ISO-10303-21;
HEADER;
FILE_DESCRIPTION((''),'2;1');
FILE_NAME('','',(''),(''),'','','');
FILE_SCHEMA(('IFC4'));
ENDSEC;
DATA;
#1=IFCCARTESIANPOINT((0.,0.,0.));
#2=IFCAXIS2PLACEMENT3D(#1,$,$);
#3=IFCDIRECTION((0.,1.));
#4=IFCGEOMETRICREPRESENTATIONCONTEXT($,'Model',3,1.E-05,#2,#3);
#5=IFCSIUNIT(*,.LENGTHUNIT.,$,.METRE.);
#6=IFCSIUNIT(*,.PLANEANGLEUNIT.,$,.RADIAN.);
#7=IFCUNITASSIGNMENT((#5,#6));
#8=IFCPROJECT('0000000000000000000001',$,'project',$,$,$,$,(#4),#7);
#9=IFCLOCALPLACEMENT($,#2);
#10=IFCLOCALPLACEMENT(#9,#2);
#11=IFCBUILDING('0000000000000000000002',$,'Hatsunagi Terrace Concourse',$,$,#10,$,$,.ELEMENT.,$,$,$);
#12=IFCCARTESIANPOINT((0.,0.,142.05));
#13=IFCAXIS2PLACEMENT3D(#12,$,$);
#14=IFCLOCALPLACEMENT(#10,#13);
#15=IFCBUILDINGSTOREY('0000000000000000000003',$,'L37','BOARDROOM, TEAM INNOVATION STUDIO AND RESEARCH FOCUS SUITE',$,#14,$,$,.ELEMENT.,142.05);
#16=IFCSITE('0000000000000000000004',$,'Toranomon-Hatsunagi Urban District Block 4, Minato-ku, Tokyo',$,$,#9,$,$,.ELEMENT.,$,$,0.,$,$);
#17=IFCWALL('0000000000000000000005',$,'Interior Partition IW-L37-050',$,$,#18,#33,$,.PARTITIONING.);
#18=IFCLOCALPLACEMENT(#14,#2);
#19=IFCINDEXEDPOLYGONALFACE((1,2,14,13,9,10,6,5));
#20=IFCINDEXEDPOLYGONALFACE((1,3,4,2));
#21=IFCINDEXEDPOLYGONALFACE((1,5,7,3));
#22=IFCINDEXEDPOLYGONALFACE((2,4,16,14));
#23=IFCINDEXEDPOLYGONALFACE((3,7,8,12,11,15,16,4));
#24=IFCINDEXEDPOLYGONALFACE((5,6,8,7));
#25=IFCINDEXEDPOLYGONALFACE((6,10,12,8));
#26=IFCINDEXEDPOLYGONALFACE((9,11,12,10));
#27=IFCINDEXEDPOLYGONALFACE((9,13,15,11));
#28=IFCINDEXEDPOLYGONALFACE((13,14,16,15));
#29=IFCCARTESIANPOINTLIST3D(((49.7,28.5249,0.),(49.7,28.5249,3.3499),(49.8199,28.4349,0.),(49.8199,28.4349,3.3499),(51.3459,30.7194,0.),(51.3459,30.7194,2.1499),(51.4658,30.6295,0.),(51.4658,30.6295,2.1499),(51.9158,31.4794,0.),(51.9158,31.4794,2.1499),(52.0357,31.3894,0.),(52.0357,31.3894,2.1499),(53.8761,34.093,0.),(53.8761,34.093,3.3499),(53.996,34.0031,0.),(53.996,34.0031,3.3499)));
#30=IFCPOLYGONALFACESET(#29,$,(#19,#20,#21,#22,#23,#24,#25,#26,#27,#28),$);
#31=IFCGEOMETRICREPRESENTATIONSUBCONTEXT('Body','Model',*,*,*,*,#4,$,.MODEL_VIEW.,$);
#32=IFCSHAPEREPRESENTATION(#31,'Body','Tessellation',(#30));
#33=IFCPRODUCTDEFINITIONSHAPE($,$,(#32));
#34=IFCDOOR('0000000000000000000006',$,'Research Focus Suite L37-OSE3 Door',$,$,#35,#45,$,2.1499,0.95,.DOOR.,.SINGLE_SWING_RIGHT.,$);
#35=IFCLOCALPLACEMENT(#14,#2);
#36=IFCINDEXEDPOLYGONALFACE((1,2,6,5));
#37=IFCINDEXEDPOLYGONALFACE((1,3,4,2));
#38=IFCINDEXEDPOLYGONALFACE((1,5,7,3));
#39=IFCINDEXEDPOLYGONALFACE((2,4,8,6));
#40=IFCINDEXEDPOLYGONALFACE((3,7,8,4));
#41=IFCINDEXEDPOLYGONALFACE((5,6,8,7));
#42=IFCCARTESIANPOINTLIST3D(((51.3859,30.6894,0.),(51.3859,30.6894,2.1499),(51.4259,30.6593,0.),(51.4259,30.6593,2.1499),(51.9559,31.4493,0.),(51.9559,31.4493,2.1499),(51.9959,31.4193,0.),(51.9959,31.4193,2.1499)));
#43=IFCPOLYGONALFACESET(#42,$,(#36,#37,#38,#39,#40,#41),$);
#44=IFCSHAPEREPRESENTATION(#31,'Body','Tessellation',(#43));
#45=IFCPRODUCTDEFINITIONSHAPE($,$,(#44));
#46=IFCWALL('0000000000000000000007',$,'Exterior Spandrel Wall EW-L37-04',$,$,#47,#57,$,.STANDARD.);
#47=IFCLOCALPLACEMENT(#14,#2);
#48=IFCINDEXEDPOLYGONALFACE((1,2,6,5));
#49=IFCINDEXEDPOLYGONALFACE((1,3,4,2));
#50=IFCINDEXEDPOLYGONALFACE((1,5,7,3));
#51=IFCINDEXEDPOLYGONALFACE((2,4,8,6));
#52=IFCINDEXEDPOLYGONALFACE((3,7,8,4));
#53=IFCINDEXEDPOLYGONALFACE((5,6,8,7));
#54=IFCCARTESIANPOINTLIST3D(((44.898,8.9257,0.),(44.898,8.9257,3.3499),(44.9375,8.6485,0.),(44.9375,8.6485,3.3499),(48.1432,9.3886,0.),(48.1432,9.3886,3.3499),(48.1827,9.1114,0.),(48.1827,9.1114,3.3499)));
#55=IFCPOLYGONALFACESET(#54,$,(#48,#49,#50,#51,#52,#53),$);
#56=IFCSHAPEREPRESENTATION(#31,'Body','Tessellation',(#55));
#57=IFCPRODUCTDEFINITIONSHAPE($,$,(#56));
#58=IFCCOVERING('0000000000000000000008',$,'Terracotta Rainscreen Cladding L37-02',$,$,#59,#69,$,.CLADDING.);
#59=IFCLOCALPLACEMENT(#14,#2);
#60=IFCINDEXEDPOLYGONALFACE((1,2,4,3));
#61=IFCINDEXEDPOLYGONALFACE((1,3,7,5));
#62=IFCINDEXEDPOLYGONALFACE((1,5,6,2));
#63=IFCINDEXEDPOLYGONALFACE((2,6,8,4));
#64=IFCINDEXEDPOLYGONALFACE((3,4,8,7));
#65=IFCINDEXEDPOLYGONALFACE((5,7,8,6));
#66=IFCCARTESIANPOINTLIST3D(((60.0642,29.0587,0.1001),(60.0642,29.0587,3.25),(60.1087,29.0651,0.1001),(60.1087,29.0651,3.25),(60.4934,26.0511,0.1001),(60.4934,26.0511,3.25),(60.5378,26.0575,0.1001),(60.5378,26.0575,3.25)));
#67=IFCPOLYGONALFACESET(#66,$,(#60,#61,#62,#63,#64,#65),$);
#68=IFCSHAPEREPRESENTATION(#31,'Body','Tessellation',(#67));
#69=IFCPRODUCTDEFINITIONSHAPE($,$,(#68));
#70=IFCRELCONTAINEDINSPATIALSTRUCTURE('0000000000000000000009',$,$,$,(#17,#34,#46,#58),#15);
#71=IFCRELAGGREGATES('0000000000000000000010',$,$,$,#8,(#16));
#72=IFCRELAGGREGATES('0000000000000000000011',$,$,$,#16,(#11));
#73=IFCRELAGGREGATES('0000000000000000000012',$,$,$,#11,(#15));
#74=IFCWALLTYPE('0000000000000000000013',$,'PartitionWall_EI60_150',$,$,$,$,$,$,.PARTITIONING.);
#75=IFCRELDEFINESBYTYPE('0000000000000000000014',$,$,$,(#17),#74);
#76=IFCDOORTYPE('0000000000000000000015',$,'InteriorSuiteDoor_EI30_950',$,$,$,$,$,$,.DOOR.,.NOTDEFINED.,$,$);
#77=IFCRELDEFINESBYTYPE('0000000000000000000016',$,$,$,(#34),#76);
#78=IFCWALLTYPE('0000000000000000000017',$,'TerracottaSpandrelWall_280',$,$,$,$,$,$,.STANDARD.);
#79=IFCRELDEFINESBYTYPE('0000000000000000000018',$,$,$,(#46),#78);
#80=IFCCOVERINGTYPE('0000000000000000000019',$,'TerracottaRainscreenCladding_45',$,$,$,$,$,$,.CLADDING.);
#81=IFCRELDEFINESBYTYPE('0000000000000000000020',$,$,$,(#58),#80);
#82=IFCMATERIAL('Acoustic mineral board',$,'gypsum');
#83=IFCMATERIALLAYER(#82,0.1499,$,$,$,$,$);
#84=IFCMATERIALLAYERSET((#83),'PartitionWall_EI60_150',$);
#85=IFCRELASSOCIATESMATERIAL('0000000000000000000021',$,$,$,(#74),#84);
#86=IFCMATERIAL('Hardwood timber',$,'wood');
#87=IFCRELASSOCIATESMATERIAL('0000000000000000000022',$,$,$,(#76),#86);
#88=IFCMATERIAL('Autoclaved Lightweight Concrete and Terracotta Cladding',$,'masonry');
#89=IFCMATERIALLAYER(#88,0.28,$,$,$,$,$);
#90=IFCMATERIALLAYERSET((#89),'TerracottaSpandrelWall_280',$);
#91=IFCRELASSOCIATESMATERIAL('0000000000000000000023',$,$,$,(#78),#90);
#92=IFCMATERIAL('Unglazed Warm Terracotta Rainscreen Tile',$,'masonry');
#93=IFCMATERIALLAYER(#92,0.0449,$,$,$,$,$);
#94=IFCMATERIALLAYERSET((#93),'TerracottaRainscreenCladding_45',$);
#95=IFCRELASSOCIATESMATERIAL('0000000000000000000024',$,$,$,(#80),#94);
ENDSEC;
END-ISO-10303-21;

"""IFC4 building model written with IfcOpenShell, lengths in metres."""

from ifc_helpers import new_model, si_unit, direction, frame, frame_2d, origin, origin_2d, place, context, subcontext, project, spatial, rectangle, extrude, material, layer, layer_set, type_object, element, fill, save


model = new_model("IFC4")

# Units and contexts
model_context = context("Model", 3, precision=1e-05, world=origin(), true_north=direction((0.0, 1.0)))
body_context = subcontext(model_context, "Body", "Model", "MODEL_VIEW")
ifc_project = project(units=[si_unit("LENGTHUNIT", "METRE"), si_unit("PLANEANGLEUNIT", "RADIAN")], contexts=[model_context])

# Site, building, storey
site_placement = place(None, origin())
site = spatial("IfcSite", under=ifc_project, at=site_placement, Name="Toranomon-Hatsunagi Urban District Block 4, Minato-ku, Tokyo", CompositionType="ELEMENT", RefElevation=0.0)
building_placement = place(site_placement, origin())
building = spatial("IfcBuilding", under=site, at=building_placement, Name="Hatsunagi Terrace Concourse", CompositionType="ELEMENT")
storey_placement = place(building_placement, frame((0.0, 0.0, 142.05)))
storey = spatial("IfcBuildingStorey", under=building, at=storey_placement, Name="L37", Description="BOARDROOM, TEAM INNOVATION STUDIO AND RESEARCH FOCUS SUITE", CompositionType="ELEMENT", Elevation=142.05)

# Shared definitions
ifc_material_1 = material(Name="Acoustic mineral board", Category="gypsum")
ifc_layer_1 = layer(ifc_material_1, 0.1499)
ifc_layer_set_1 = layer_set([ifc_layer_1], Name="PartitionWall_EI60_150")
wall_type_1 = type_object("IfcWallType", Name="PartitionWall_EI60_150", PredefinedType="PARTITIONING", material=ifc_layer_set_1)

# Wall, opening, door
wall_1_placement = place(storey_placement, frame((49.76, 28.48, 0.0), z_axis=(0.0, 0.0, 1.0), x_axis=(0.599994, 0.800004, 0.0)))
wall_1 = element("IfcWall", 1, at=wall_1_placement, inside=storey, type_object=wall_type_1, Name="Interior Partition IW-L37-050", PredefinedType="PARTITIONING", context=body_context, shape_type="SweptSolid", body=[
    extrude(rectangle(XDim=6.9602, YDim=0.1499, at=frame_2d((3.48, 0.0))), origin(), (0.0, 0.0, 1.0), 3.3499),
])
opening_placement = place(wall_1_placement, frame((2.7429, 0.0, 0.0)))
opening = element("IfcOpeningElement", 2, at=opening_placement, cuts=wall_1, PredefinedType="OPENING", context=body_context, shape_type="SweptSolid", body=[
    extrude(rectangle(XDim=0.95, YDim=2.1499, at=frame_2d((0.4751, 1.075))), frame((0.0, 0.085, 0.0), z_axis=(0.0, -1.0, 0.0), x_axis=(1.0, 0.0, 0.0)), (0.0, 0.0, 1.0), 0.1699),
])
ifc_material_2 = material(Name="Hardwood timber", Category="wood")
door_type = type_object("IfcDoorType", Name="InteriorSuiteDoor_EI30_950", OperationType="NOTDEFINED", PredefinedType="DOOR", material=ifc_material_2)
door_placement = place(opening_placement, origin())
door = element("IfcDoor", 3, at=door_placement, inside=storey, type_object=door_type, Name="Research Focus Suite L37-OSE3 Door", OperationType="SINGLE_SWING_RIGHT", OverallHeight=2.1499, OverallWidth=0.95, PredefinedType="DOOR", context=body_context, shape_type="SweptSolid", body=[
    extrude(rectangle(XDim=0.95, YDim=2.1499, at=frame_2d((0.4751, 1.075))), frame((0.0, 0.0249, 0.0), z_axis=(0.0, -1.0, 0.0), x_axis=(1.0, 0.0, 0.0)), (0.0, 0.0, 1.0), 0.05),
])
fill(opening, door)

# Wall
ifc_material_3 = material(Name="Autoclaved Lightweight Concrete and Terracotta Cladding", Category="masonry")
ifc_layer_2 = layer(ifc_material_3, 0.28)
ifc_layer_set_2 = layer_set([ifc_layer_2], Name="TerracottaSpandrelWall_280")
wall_type_2 = type_object("IfcWallType", Name="TerracottaSpandrelWall_280", PredefinedType="STANDARD", material=ifc_layer_set_2)
wall_2_placement = place(storey_placement, frame((48.1631, 9.25, 0.0), z_axis=(0.0, 0.0, 1.0), x_axis=(-0.989979, -0.141213, 0.0)))
element("IfcWall", 4, at=wall_2_placement, inside=storey, type_object=wall_type_2, Name="Exterior Spandrel Wall EW-L37-04", PredefinedType="STANDARD", context=body_context, shape_type="SweptSolid", body=[
    extrude(rectangle(XDim=3.2781, YDim=0.28, at=frame_2d((1.6392, 0.0))), origin(), (0.0, 0.0, 1.0), 3.3499),
])

# Covering
ifc_material_4 = material(Name="Unglazed Warm Terracotta Rainscreen Tile", Category="masonry")
ifc_layer_3 = layer(ifc_material_4, 0.0449)
ifc_layer_set_3 = layer_set([ifc_layer_3], Name="TerracottaRainscreenCladding_45")
covering_type = type_object("IfcCoveringType", Name="TerracottaRainscreenCladding_45", PredefinedType="CLADDING", material=ifc_layer_set_3)
covering_placement = place(storey_placement, frame((60.301, 27.5581, 0.1001), z_axis=(0.0, 0.0, 1.0), x_axis=(0.14125, -0.989974, 0.0)))
element("IfcCovering", 5, at=covering_placement, inside=storey, type_object=covering_type, Name="Terracotta Rainscreen Cladding L37-02", PredefinedType="CLADDING", context=body_context, shape_type="SweptSolid", body=[
    extrude(rectangle(XDim=3.0381, YDim=0.0449, at=origin_2d()), origin(), (0.0, 0.0, 1.0), 3.1499),
])

save(model, "model.ifc")
